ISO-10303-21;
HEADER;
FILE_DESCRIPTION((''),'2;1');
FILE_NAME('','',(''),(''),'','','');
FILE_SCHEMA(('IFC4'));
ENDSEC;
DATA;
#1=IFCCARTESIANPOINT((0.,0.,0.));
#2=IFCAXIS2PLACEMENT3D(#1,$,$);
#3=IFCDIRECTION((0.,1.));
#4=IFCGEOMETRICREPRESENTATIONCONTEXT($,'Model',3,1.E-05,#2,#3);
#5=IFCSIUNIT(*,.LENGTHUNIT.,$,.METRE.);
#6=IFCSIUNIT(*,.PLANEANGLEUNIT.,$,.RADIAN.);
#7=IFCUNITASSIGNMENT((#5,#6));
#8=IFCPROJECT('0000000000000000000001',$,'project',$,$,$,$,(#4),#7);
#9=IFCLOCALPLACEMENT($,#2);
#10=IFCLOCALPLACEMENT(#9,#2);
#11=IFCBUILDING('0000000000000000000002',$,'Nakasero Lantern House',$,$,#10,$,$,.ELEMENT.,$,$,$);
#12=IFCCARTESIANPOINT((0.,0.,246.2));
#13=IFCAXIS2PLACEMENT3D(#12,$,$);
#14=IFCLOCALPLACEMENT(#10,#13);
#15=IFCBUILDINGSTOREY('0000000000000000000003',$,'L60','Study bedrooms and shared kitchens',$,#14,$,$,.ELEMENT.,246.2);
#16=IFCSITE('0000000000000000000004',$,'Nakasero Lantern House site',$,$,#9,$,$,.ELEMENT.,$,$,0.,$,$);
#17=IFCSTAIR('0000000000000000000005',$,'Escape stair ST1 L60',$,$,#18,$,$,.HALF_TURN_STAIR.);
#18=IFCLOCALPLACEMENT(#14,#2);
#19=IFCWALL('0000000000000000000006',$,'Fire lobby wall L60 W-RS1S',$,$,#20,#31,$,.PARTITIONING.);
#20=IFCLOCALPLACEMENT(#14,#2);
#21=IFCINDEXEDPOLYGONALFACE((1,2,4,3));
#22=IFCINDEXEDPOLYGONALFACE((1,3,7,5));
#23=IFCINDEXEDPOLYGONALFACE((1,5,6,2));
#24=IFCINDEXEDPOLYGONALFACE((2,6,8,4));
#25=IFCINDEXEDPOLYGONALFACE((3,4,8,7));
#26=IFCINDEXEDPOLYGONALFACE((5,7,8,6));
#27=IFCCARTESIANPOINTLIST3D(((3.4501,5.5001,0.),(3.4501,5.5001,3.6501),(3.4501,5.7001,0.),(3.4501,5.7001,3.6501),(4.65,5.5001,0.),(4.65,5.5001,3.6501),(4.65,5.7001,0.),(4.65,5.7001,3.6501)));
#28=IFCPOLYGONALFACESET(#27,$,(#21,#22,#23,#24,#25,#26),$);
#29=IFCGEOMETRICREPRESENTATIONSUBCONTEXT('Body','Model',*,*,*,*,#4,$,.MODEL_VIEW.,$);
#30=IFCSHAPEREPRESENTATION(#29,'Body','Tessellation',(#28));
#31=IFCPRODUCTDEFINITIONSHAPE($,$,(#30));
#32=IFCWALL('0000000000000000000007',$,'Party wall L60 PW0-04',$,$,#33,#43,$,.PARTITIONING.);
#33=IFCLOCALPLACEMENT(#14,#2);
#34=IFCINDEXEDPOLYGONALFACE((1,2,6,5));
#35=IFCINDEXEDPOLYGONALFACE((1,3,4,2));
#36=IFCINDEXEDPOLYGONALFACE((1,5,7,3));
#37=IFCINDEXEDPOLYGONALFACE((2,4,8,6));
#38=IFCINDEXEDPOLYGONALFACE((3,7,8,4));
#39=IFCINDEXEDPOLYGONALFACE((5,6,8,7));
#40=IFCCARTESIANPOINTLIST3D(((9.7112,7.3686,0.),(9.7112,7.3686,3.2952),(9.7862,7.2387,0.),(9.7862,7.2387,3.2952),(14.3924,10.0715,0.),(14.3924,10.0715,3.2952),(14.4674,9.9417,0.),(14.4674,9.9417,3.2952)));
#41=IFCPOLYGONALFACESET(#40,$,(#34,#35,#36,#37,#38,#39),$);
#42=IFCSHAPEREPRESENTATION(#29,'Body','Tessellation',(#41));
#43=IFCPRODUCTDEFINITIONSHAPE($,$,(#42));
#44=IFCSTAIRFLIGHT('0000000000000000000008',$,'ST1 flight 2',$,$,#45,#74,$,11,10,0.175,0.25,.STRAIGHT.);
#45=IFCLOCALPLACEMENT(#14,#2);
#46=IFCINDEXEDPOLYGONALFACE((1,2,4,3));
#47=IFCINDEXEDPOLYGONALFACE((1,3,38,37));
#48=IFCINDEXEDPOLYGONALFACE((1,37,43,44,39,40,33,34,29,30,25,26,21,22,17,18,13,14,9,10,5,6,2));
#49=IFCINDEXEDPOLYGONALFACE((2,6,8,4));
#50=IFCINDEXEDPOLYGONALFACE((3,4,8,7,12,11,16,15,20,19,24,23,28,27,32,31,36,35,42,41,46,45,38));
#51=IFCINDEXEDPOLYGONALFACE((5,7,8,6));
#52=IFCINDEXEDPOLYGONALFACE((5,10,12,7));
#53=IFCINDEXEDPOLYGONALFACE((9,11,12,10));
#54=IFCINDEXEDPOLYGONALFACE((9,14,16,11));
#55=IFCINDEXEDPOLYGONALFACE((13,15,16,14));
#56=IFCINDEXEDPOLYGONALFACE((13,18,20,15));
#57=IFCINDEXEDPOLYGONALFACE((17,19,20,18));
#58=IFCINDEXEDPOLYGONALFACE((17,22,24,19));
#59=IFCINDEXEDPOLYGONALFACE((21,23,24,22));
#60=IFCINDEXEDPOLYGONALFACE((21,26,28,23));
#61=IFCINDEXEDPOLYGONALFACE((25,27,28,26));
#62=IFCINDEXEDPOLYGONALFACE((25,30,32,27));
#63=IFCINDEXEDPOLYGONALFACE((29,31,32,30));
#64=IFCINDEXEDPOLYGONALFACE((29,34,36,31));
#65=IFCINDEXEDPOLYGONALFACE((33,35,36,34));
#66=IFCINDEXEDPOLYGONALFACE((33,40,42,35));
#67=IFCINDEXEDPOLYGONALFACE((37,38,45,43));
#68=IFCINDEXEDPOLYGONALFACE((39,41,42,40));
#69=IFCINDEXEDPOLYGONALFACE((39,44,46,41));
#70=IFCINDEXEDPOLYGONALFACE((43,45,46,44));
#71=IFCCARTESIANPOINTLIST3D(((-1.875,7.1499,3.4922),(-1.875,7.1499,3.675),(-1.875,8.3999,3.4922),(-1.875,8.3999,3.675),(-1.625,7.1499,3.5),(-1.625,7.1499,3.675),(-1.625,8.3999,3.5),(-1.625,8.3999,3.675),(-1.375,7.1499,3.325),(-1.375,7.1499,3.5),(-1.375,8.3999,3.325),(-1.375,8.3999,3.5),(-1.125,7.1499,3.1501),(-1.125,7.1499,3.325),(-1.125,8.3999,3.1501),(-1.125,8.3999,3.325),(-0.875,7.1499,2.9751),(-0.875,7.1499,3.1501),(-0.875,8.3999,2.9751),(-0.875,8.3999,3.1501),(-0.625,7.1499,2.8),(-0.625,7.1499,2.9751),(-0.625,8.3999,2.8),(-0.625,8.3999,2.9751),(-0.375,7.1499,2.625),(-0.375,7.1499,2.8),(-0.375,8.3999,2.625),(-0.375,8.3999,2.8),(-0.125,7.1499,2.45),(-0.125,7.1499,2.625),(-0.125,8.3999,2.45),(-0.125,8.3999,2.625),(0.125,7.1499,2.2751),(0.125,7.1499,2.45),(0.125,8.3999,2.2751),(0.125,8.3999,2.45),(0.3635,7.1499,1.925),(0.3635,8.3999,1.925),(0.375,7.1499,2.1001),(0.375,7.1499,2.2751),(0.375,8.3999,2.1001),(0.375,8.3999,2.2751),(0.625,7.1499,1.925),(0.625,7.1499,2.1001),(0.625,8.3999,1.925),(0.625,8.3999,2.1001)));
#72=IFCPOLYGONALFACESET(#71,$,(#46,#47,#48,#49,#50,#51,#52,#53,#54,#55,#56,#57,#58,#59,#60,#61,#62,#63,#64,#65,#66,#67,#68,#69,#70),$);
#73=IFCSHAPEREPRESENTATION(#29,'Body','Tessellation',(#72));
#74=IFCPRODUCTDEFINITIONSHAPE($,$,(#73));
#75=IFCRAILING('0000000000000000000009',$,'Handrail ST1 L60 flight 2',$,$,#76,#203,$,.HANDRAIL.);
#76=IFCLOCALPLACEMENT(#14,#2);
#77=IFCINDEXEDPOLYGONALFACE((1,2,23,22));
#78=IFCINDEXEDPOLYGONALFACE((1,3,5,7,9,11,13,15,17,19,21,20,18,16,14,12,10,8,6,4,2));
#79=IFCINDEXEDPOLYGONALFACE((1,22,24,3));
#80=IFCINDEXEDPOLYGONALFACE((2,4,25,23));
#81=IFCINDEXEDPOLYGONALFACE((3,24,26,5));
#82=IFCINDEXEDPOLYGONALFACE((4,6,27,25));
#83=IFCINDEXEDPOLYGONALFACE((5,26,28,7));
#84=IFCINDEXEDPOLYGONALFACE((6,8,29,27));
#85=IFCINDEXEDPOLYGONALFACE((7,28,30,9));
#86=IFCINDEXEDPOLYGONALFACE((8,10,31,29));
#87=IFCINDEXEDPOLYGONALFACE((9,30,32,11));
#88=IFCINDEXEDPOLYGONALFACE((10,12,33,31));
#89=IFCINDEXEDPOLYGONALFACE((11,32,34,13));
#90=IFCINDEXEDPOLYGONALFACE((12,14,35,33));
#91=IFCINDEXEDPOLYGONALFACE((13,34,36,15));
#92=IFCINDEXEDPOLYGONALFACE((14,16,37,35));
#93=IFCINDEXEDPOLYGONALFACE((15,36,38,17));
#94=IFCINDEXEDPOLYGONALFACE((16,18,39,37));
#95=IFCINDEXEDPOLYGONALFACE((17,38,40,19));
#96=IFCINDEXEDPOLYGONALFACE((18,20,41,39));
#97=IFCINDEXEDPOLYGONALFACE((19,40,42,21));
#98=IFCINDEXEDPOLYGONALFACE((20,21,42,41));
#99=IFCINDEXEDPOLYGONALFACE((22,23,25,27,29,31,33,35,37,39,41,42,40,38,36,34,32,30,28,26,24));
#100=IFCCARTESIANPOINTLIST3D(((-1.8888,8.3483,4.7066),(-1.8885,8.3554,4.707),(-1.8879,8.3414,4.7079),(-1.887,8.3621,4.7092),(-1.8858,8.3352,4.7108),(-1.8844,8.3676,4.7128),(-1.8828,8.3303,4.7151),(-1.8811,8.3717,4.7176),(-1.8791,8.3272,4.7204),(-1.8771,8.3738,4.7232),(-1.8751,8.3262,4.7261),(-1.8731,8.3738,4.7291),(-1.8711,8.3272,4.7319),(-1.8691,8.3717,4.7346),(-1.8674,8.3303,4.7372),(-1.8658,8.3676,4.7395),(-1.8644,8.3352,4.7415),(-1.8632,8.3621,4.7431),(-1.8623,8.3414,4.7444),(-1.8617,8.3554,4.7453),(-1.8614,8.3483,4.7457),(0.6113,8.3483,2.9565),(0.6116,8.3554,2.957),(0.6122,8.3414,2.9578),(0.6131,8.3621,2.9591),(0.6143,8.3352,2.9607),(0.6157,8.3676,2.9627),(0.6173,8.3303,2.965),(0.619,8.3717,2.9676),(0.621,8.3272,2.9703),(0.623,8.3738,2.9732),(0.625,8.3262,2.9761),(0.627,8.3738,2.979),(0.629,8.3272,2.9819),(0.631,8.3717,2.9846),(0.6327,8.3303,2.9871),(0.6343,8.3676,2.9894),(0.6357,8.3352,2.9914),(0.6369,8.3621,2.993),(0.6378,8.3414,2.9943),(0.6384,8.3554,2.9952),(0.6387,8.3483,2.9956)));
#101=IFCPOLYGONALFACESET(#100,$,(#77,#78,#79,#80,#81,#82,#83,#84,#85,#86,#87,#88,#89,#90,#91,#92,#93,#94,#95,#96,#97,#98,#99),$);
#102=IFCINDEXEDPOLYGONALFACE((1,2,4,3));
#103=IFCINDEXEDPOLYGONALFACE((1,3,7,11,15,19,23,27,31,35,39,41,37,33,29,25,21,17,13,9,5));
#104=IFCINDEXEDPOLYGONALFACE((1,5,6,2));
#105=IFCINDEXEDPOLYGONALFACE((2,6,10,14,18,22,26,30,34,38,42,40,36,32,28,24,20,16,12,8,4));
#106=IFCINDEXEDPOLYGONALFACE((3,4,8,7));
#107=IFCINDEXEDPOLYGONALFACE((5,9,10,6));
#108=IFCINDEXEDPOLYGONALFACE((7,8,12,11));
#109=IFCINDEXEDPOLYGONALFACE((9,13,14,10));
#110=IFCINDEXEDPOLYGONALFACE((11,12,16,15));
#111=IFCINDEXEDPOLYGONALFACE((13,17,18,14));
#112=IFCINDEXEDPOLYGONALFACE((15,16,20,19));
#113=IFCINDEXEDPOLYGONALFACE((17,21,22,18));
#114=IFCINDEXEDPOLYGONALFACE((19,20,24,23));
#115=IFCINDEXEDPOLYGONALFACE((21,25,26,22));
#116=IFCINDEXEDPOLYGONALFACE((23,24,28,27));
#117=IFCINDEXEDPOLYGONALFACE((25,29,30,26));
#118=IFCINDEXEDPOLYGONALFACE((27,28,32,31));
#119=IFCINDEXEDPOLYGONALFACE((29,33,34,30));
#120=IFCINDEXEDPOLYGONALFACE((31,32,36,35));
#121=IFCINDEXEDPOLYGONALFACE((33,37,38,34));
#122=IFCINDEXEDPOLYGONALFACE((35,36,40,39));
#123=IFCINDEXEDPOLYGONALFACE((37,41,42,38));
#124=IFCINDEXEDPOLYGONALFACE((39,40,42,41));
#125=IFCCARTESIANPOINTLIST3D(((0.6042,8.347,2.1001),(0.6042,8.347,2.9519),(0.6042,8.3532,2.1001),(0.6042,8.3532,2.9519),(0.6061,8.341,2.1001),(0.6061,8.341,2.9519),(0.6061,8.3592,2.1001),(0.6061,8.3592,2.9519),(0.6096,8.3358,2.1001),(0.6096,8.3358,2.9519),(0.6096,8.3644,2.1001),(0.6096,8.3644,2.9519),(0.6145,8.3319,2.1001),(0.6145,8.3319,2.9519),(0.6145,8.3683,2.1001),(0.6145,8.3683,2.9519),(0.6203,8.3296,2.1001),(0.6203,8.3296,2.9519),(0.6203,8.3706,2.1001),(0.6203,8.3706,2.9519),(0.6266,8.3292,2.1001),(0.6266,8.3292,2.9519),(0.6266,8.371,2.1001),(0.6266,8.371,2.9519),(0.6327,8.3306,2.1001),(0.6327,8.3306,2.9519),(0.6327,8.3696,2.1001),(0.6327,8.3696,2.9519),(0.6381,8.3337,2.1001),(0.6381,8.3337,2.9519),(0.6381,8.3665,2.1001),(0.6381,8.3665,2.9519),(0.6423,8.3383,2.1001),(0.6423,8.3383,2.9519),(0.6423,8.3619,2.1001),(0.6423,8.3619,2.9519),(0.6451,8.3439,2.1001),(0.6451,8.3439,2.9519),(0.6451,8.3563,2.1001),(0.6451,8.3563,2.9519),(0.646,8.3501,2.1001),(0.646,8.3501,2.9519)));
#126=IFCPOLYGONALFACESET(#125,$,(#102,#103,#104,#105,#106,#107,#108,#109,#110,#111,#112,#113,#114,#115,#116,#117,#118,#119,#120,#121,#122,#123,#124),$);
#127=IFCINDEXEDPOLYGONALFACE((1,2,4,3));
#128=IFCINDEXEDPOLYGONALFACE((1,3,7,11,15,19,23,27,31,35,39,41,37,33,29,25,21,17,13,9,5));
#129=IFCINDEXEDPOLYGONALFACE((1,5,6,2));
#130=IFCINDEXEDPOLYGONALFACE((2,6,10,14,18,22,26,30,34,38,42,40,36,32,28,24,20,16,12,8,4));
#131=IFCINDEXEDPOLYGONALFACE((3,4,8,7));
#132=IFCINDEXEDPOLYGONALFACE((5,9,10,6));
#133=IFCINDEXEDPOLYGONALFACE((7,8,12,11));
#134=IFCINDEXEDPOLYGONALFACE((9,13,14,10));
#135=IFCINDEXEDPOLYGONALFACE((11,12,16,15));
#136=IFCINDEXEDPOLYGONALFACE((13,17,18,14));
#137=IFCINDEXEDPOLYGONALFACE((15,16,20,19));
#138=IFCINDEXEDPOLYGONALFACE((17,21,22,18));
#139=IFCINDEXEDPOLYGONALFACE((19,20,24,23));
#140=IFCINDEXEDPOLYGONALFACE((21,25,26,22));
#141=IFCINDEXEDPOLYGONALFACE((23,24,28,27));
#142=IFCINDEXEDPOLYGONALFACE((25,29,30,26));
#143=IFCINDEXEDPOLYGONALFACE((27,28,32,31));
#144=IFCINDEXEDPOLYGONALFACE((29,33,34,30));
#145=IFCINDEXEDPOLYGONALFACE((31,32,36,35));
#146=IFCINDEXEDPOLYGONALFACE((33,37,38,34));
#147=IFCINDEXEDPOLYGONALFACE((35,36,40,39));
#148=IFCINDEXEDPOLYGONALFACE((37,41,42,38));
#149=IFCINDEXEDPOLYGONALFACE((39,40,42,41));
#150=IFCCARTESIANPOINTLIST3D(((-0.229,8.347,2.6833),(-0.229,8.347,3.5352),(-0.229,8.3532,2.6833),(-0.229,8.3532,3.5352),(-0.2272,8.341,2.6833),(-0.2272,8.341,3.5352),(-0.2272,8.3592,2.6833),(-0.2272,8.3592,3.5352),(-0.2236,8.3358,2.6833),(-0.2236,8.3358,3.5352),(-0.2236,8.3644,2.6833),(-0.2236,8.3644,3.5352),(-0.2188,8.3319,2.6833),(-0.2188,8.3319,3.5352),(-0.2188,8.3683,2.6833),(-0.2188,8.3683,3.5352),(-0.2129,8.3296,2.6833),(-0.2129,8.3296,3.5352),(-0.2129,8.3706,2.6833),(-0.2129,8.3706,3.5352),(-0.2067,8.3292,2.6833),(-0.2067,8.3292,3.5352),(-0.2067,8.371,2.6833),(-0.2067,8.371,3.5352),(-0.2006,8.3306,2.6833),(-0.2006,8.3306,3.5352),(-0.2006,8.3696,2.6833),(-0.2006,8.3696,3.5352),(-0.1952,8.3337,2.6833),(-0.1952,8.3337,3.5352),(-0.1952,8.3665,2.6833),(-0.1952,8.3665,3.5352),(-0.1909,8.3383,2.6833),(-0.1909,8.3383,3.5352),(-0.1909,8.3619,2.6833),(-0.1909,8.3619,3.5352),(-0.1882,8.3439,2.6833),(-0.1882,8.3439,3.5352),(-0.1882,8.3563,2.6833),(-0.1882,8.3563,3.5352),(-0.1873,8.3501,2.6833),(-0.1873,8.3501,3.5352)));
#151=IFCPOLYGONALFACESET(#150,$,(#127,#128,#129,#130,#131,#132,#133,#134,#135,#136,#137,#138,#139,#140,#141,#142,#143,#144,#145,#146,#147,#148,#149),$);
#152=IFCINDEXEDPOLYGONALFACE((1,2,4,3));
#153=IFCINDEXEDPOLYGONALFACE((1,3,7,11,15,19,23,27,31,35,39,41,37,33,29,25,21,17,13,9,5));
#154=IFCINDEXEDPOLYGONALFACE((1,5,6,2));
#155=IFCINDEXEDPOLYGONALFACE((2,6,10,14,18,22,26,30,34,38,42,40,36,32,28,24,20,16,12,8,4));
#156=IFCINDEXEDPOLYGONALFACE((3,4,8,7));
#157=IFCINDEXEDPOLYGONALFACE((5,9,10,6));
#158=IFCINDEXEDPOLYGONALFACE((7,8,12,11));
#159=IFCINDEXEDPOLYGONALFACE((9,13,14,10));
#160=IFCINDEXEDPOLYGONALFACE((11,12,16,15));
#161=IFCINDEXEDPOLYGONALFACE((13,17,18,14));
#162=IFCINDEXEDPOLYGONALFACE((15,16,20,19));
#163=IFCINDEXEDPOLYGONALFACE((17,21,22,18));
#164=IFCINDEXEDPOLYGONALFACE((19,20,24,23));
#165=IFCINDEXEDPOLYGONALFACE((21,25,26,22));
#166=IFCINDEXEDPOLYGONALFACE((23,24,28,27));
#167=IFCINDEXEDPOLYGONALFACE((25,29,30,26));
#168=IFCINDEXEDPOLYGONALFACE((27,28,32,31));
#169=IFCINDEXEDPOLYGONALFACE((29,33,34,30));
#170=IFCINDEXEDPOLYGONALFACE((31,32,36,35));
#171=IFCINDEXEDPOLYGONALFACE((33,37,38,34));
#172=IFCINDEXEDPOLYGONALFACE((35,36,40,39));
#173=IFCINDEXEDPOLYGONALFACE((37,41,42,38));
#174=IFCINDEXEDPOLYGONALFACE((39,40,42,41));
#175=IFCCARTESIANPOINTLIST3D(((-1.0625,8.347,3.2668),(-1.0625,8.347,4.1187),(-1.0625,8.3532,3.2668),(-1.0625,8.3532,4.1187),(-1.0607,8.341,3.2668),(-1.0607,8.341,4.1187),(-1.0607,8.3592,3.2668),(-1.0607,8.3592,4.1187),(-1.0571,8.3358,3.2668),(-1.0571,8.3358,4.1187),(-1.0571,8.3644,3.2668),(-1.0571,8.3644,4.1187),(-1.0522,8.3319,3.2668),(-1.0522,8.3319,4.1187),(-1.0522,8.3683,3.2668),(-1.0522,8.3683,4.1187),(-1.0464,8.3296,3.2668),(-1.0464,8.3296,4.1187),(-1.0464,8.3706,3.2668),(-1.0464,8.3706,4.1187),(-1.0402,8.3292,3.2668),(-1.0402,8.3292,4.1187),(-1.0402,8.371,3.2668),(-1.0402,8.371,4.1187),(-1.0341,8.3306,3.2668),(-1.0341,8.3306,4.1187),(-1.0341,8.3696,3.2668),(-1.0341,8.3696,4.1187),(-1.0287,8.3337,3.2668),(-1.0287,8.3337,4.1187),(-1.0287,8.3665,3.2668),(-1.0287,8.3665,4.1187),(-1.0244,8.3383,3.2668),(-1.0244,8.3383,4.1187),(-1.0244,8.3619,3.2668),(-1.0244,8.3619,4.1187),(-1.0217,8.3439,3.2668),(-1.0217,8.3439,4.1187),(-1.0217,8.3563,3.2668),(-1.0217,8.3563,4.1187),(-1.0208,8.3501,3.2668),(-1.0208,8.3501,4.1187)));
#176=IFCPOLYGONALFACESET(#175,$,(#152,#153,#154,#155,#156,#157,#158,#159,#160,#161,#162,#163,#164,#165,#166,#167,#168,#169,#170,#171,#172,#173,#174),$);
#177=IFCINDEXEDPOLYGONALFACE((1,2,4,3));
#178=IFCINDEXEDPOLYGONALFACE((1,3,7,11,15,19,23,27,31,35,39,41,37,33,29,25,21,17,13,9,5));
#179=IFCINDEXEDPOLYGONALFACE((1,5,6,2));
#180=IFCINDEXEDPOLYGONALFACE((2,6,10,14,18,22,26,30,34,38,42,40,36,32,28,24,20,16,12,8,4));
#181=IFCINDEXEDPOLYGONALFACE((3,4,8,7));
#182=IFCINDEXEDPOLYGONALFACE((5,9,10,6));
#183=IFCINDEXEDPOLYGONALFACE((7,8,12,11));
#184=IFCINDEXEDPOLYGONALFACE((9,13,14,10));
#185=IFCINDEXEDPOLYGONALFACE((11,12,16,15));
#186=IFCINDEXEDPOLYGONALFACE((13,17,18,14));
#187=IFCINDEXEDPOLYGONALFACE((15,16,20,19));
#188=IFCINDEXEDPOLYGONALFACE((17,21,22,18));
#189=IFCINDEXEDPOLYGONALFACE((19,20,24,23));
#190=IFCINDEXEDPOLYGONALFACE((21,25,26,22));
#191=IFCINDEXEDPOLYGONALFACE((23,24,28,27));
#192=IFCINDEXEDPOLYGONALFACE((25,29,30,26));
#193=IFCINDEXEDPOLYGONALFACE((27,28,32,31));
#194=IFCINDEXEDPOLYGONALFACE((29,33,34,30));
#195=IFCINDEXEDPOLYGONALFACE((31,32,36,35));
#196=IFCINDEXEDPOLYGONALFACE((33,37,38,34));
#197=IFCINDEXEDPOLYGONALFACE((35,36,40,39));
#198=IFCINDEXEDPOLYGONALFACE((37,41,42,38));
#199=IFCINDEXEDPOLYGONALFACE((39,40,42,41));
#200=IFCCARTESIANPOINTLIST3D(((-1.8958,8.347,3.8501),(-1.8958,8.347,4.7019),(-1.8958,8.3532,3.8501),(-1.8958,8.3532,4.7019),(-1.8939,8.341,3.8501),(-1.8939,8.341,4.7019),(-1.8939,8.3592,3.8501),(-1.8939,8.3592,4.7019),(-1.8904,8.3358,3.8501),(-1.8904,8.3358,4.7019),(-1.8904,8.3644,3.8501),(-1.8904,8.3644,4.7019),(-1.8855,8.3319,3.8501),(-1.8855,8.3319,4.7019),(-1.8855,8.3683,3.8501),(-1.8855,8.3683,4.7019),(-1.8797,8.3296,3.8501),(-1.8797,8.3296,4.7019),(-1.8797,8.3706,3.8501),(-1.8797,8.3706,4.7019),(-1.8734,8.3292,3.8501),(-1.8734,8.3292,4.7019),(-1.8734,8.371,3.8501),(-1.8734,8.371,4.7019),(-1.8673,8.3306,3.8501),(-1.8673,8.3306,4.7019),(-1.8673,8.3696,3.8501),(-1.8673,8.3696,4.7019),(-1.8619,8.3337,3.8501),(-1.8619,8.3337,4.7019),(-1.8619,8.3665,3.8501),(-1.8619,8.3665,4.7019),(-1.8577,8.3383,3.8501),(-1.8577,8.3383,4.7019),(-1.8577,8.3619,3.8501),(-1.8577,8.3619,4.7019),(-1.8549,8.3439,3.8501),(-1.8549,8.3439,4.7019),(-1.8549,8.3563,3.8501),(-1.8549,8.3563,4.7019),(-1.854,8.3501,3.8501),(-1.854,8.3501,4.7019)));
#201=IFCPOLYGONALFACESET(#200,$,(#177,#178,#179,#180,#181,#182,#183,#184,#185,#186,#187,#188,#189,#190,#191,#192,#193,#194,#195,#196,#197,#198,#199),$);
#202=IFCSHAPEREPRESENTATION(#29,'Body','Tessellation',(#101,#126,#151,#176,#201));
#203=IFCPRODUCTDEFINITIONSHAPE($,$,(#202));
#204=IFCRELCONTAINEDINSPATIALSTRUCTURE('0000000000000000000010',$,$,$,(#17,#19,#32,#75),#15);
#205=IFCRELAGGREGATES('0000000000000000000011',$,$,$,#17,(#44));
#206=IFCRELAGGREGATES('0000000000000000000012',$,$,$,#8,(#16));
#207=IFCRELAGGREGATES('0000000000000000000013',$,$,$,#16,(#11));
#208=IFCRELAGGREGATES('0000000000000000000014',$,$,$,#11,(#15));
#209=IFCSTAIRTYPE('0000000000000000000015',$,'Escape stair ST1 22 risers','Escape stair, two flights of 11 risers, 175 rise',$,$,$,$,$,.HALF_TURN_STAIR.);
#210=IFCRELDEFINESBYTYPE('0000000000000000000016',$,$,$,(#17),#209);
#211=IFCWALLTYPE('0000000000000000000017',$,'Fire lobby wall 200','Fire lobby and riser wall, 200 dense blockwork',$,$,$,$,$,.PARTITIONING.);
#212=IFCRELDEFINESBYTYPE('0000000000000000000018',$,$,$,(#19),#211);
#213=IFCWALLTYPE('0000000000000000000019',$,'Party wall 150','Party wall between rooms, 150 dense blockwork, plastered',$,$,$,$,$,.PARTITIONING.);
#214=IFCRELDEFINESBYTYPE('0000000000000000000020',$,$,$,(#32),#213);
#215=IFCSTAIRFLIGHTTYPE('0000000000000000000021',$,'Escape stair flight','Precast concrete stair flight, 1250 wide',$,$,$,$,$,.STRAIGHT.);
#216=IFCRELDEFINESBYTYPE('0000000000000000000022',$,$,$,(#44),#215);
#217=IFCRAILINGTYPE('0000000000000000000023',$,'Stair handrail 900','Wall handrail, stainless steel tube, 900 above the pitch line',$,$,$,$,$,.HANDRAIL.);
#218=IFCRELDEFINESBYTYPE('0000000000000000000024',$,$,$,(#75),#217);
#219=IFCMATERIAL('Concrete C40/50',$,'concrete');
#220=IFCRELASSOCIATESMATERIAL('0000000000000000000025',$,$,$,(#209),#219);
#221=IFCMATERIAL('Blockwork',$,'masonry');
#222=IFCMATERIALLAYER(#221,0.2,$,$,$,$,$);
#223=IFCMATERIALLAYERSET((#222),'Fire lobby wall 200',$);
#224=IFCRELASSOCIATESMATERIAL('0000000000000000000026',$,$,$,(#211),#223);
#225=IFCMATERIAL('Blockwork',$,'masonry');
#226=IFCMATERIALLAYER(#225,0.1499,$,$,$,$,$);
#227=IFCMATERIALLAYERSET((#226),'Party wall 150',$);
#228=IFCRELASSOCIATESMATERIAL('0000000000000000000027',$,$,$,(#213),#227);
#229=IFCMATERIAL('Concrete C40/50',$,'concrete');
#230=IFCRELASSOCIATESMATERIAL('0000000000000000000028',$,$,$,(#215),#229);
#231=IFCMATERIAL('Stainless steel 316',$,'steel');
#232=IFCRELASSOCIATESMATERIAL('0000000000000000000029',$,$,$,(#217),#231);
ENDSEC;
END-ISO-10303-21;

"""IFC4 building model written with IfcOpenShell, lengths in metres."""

from ifc_helpers import new_model, si_unit, direction, frame, frame_2d, origin, origin_2d, place, context, subcontext, project, spatial, polyline, rectangle, circle, outline, extrude, material, layer, layer_set, type_object, element, aggregate, save


model = new_model("IFC4")

# Units and contexts
model_context = context("Model", 3, precision=1e-05, world=origin(), true_north=direction((0.0, 1.0)))
body_context = subcontext(model_context, "Body", "Model", "MODEL_VIEW")
ifc_project = project(units=[si_unit("LENGTHUNIT", "METRE"), si_unit("PLANEANGLEUNIT", "RADIAN")], contexts=[model_context])

# Site, building, storey
site_placement = place(None, origin())
site = spatial("IfcSite", under=ifc_project, at=site_placement, Name="Nakasero Lantern House site", CompositionType="ELEMENT", RefElevation=0.0)
building_placement = place(site_placement, origin())
building = spatial("IfcBuilding", under=site, at=building_placement, Name="Nakasero Lantern House", CompositionType="ELEMENT")
storey_placement = place(building_placement, frame((0.0, 0.0, 246.2)))
storey = spatial("IfcBuildingStorey", under=building, at=storey_placement, Name="L60", Description="Study bedrooms and shared kitchens", CompositionType="ELEMENT", Elevation=246.2)

# Stair
ifc_material_1 = material(Name="Concrete C40/50", Category="concrete")
stair_type_1 = type_object("IfcStairType", Name="Escape stair ST1 22 risers", Description="Escape stair, two flights of 11 risers, 175 rise", PredefinedType="HALF_TURN_STAIR", material=ifc_material_1)
stair_1_placement = place(storey_placement, origin())
stair_1 = element("IfcStair", 1, at=stair_1_placement, inside=storey, type_object=stair_type_1, Name="Escape stair ST1 L60", PredefinedType="HALF_TURN_STAIR")

# Shared definitions
ifc_material_2 = material(Name="Blockwork", Category="masonry")
ifc_layer_1 = layer(ifc_material_2, 0.2)
ifc_layer_set_1 = layer_set([ifc_layer_1], Name="Fire lobby wall 200")
wall_type_1 = type_object("IfcWallType", Name="Fire lobby wall 200", Description="Fire lobby and riser wall, 200 dense blockwork", PredefinedType="PARTITIONING", material=ifc_layer_set_1)

# Walls
for number, where, z_axis, x_axis, name in (
    (2, (3.45, 5.6001, 0.0), (0.0, 0.0, 1.0), (1.0, 0.0, 0.0), "Fire lobby wall L60 W-RS1S"),
):
    element("IfcWall", number, at=place(storey_placement, frame(where, z_axis=z_axis, x_axis=x_axis)), inside=storey, type_object=wall_type_1, Name=name, PredefinedType="PARTITIONING", context=body_context, shape_type="SweptSolid", body=[
        extrude(rectangle(XDim=1.2, YDim=0.2, at=frame_2d((0.6001, 0.0))), origin(), (0.0, 0.0, 1.0), 3.6501),
    ])
ifc_material_3 = material(Name="Blockwork", Category="masonry")
ifc_layer_2 = layer(ifc_material_3, 0.1499)
ifc_layer_set_2 = layer_set([ifc_layer_2], Name="Party wall 150")
wall_type_2 = type_object("IfcWallType", Name="Party wall 150", Description="Party wall between rooms, 150 dense blockwork, plastered", PredefinedType="PARTITIONING", material=ifc_layer_set_2)
wall_1_placement = place(storey_placement, frame((9.7488, 7.3037, 0.0), z_axis=(0.0, 0.0, 1.0), x_axis=(0.866008, 0.50003, 0.0)))
element("IfcWall", 3, at=wall_1_placement, inside=storey, type_object=wall_type_2, Name="Party wall L60 PW0-04", PredefinedType="PARTITIONING", context=body_context, shape_type="SweptSolid", body=[
    extrude(rectangle(XDim=5.4055, YDim=0.1499, at=frame_2d((2.7026, 0.0))), origin(), (0.0, 0.0, 1.0), 3.2952),
])

# Stair flight
ifc_material_4 = material(Name="Concrete C40/50", Category="concrete")
stair_flight_type = type_object("IfcStairFlightType", Name="Escape stair flight", Description="Precast concrete stair flight, 1250 wide", PredefinedType="STRAIGHT", material=ifc_material_4)
stair_flight_placement = place(storey_placement, frame((0.625, 7.7749, 1.925), z_axis=(0.0, 0.0, 1.0), x_axis=(-1.0, 0.0, 0.0)))
stair_flight = element("IfcStairFlight", 4, at=stair_flight_placement, type_object=stair_flight_type, Name="ST1 flight 2", NumberOfRisers=11, NumberOfTreads=10, PredefinedType="STRAIGHT", RiserHeight=0.175, TreadLength=0.25, context=body_context, shape_type="SweptSolid", body=[
    extrude(outline(polyline([(0.0, 0.0), (0.0, 0.175), (0.25, 0.175), (0.25, 0.3501), (0.5, 0.3501), (0.5, 0.5249), (0.75, 0.5249), (0.75, 0.7), (1.0, 0.7), (1.0, 0.875), (1.25, 0.875), (1.25, 1.05), (1.5, 1.05), (1.5, 1.2251), (1.75, 1.2251), (1.75, 1.3999), (2.0, 1.3999), (2.0, 1.575), (2.25, 1.575), (2.25, 1.75), (2.5, 1.75), (2.5, 1.925), (2.5, 1.5671), (0.2615, 0.0), (0.0, 0.0)])), frame((0.0, 0.625, 0.0), z_axis=(0.0, -1.0, 0.0), x_axis=(1.0, 0.0, 0.0)), (0.0, 0.0, 1.0), 1.25),
])
aggregate(stair_1, [stair_flight])

# Railing
ifc_material_5 = material(Name="Stainless steel 316", Category="steel")
railing_type = type_object("IfcRailingType", Name="Stair handrail 900", Description="Wall handrail, stainless steel tube, 900 above the pitch line", PredefinedType="HANDRAIL", material=ifc_material_5)
railing_placement = place(storey_placement, frame((0.625, 8.3501, 2.1001)))
element("IfcRailing", 5, at=railing_placement, inside=storey, type_object=railing_type, Name="Handrail ST1 L60 flight 2", PredefinedType="HANDRAIL", context=body_context, shape_type="SweptSolid", body=[
    extrude(circle(Radius=0.0239, at=origin_2d()), frame((0.0, 0.0, 0.876), z_axis=(-0.819232, 0.0, 0.573462), x_axis=(0.0, -1.0, 0.0)), (0.0, 0.0, 1.0), 3.0518),
    extrude(circle(Radius=0.021, at=origin_2d()), origin(), (0.0, 0.0, 1.0), 0.8518),
    extrude(circle(Radius=0.021, at=origin_2d()), frame((-0.8333, 0.0, 0.5833)), (0.0, 0.0, 1.0), 0.8518),
    extrude(circle(Radius=0.021, at=origin_2d()), frame((-1.6667, 0.0, 1.1667)), (0.0, 0.0, 1.0), 0.8518),
    extrude(circle(Radius=0.021, at=origin_2d()), frame((-2.5, 0.0, 1.75)), (0.0, 0.0, 1.0), 0.8518),
])

save(model, "model.ifc")
